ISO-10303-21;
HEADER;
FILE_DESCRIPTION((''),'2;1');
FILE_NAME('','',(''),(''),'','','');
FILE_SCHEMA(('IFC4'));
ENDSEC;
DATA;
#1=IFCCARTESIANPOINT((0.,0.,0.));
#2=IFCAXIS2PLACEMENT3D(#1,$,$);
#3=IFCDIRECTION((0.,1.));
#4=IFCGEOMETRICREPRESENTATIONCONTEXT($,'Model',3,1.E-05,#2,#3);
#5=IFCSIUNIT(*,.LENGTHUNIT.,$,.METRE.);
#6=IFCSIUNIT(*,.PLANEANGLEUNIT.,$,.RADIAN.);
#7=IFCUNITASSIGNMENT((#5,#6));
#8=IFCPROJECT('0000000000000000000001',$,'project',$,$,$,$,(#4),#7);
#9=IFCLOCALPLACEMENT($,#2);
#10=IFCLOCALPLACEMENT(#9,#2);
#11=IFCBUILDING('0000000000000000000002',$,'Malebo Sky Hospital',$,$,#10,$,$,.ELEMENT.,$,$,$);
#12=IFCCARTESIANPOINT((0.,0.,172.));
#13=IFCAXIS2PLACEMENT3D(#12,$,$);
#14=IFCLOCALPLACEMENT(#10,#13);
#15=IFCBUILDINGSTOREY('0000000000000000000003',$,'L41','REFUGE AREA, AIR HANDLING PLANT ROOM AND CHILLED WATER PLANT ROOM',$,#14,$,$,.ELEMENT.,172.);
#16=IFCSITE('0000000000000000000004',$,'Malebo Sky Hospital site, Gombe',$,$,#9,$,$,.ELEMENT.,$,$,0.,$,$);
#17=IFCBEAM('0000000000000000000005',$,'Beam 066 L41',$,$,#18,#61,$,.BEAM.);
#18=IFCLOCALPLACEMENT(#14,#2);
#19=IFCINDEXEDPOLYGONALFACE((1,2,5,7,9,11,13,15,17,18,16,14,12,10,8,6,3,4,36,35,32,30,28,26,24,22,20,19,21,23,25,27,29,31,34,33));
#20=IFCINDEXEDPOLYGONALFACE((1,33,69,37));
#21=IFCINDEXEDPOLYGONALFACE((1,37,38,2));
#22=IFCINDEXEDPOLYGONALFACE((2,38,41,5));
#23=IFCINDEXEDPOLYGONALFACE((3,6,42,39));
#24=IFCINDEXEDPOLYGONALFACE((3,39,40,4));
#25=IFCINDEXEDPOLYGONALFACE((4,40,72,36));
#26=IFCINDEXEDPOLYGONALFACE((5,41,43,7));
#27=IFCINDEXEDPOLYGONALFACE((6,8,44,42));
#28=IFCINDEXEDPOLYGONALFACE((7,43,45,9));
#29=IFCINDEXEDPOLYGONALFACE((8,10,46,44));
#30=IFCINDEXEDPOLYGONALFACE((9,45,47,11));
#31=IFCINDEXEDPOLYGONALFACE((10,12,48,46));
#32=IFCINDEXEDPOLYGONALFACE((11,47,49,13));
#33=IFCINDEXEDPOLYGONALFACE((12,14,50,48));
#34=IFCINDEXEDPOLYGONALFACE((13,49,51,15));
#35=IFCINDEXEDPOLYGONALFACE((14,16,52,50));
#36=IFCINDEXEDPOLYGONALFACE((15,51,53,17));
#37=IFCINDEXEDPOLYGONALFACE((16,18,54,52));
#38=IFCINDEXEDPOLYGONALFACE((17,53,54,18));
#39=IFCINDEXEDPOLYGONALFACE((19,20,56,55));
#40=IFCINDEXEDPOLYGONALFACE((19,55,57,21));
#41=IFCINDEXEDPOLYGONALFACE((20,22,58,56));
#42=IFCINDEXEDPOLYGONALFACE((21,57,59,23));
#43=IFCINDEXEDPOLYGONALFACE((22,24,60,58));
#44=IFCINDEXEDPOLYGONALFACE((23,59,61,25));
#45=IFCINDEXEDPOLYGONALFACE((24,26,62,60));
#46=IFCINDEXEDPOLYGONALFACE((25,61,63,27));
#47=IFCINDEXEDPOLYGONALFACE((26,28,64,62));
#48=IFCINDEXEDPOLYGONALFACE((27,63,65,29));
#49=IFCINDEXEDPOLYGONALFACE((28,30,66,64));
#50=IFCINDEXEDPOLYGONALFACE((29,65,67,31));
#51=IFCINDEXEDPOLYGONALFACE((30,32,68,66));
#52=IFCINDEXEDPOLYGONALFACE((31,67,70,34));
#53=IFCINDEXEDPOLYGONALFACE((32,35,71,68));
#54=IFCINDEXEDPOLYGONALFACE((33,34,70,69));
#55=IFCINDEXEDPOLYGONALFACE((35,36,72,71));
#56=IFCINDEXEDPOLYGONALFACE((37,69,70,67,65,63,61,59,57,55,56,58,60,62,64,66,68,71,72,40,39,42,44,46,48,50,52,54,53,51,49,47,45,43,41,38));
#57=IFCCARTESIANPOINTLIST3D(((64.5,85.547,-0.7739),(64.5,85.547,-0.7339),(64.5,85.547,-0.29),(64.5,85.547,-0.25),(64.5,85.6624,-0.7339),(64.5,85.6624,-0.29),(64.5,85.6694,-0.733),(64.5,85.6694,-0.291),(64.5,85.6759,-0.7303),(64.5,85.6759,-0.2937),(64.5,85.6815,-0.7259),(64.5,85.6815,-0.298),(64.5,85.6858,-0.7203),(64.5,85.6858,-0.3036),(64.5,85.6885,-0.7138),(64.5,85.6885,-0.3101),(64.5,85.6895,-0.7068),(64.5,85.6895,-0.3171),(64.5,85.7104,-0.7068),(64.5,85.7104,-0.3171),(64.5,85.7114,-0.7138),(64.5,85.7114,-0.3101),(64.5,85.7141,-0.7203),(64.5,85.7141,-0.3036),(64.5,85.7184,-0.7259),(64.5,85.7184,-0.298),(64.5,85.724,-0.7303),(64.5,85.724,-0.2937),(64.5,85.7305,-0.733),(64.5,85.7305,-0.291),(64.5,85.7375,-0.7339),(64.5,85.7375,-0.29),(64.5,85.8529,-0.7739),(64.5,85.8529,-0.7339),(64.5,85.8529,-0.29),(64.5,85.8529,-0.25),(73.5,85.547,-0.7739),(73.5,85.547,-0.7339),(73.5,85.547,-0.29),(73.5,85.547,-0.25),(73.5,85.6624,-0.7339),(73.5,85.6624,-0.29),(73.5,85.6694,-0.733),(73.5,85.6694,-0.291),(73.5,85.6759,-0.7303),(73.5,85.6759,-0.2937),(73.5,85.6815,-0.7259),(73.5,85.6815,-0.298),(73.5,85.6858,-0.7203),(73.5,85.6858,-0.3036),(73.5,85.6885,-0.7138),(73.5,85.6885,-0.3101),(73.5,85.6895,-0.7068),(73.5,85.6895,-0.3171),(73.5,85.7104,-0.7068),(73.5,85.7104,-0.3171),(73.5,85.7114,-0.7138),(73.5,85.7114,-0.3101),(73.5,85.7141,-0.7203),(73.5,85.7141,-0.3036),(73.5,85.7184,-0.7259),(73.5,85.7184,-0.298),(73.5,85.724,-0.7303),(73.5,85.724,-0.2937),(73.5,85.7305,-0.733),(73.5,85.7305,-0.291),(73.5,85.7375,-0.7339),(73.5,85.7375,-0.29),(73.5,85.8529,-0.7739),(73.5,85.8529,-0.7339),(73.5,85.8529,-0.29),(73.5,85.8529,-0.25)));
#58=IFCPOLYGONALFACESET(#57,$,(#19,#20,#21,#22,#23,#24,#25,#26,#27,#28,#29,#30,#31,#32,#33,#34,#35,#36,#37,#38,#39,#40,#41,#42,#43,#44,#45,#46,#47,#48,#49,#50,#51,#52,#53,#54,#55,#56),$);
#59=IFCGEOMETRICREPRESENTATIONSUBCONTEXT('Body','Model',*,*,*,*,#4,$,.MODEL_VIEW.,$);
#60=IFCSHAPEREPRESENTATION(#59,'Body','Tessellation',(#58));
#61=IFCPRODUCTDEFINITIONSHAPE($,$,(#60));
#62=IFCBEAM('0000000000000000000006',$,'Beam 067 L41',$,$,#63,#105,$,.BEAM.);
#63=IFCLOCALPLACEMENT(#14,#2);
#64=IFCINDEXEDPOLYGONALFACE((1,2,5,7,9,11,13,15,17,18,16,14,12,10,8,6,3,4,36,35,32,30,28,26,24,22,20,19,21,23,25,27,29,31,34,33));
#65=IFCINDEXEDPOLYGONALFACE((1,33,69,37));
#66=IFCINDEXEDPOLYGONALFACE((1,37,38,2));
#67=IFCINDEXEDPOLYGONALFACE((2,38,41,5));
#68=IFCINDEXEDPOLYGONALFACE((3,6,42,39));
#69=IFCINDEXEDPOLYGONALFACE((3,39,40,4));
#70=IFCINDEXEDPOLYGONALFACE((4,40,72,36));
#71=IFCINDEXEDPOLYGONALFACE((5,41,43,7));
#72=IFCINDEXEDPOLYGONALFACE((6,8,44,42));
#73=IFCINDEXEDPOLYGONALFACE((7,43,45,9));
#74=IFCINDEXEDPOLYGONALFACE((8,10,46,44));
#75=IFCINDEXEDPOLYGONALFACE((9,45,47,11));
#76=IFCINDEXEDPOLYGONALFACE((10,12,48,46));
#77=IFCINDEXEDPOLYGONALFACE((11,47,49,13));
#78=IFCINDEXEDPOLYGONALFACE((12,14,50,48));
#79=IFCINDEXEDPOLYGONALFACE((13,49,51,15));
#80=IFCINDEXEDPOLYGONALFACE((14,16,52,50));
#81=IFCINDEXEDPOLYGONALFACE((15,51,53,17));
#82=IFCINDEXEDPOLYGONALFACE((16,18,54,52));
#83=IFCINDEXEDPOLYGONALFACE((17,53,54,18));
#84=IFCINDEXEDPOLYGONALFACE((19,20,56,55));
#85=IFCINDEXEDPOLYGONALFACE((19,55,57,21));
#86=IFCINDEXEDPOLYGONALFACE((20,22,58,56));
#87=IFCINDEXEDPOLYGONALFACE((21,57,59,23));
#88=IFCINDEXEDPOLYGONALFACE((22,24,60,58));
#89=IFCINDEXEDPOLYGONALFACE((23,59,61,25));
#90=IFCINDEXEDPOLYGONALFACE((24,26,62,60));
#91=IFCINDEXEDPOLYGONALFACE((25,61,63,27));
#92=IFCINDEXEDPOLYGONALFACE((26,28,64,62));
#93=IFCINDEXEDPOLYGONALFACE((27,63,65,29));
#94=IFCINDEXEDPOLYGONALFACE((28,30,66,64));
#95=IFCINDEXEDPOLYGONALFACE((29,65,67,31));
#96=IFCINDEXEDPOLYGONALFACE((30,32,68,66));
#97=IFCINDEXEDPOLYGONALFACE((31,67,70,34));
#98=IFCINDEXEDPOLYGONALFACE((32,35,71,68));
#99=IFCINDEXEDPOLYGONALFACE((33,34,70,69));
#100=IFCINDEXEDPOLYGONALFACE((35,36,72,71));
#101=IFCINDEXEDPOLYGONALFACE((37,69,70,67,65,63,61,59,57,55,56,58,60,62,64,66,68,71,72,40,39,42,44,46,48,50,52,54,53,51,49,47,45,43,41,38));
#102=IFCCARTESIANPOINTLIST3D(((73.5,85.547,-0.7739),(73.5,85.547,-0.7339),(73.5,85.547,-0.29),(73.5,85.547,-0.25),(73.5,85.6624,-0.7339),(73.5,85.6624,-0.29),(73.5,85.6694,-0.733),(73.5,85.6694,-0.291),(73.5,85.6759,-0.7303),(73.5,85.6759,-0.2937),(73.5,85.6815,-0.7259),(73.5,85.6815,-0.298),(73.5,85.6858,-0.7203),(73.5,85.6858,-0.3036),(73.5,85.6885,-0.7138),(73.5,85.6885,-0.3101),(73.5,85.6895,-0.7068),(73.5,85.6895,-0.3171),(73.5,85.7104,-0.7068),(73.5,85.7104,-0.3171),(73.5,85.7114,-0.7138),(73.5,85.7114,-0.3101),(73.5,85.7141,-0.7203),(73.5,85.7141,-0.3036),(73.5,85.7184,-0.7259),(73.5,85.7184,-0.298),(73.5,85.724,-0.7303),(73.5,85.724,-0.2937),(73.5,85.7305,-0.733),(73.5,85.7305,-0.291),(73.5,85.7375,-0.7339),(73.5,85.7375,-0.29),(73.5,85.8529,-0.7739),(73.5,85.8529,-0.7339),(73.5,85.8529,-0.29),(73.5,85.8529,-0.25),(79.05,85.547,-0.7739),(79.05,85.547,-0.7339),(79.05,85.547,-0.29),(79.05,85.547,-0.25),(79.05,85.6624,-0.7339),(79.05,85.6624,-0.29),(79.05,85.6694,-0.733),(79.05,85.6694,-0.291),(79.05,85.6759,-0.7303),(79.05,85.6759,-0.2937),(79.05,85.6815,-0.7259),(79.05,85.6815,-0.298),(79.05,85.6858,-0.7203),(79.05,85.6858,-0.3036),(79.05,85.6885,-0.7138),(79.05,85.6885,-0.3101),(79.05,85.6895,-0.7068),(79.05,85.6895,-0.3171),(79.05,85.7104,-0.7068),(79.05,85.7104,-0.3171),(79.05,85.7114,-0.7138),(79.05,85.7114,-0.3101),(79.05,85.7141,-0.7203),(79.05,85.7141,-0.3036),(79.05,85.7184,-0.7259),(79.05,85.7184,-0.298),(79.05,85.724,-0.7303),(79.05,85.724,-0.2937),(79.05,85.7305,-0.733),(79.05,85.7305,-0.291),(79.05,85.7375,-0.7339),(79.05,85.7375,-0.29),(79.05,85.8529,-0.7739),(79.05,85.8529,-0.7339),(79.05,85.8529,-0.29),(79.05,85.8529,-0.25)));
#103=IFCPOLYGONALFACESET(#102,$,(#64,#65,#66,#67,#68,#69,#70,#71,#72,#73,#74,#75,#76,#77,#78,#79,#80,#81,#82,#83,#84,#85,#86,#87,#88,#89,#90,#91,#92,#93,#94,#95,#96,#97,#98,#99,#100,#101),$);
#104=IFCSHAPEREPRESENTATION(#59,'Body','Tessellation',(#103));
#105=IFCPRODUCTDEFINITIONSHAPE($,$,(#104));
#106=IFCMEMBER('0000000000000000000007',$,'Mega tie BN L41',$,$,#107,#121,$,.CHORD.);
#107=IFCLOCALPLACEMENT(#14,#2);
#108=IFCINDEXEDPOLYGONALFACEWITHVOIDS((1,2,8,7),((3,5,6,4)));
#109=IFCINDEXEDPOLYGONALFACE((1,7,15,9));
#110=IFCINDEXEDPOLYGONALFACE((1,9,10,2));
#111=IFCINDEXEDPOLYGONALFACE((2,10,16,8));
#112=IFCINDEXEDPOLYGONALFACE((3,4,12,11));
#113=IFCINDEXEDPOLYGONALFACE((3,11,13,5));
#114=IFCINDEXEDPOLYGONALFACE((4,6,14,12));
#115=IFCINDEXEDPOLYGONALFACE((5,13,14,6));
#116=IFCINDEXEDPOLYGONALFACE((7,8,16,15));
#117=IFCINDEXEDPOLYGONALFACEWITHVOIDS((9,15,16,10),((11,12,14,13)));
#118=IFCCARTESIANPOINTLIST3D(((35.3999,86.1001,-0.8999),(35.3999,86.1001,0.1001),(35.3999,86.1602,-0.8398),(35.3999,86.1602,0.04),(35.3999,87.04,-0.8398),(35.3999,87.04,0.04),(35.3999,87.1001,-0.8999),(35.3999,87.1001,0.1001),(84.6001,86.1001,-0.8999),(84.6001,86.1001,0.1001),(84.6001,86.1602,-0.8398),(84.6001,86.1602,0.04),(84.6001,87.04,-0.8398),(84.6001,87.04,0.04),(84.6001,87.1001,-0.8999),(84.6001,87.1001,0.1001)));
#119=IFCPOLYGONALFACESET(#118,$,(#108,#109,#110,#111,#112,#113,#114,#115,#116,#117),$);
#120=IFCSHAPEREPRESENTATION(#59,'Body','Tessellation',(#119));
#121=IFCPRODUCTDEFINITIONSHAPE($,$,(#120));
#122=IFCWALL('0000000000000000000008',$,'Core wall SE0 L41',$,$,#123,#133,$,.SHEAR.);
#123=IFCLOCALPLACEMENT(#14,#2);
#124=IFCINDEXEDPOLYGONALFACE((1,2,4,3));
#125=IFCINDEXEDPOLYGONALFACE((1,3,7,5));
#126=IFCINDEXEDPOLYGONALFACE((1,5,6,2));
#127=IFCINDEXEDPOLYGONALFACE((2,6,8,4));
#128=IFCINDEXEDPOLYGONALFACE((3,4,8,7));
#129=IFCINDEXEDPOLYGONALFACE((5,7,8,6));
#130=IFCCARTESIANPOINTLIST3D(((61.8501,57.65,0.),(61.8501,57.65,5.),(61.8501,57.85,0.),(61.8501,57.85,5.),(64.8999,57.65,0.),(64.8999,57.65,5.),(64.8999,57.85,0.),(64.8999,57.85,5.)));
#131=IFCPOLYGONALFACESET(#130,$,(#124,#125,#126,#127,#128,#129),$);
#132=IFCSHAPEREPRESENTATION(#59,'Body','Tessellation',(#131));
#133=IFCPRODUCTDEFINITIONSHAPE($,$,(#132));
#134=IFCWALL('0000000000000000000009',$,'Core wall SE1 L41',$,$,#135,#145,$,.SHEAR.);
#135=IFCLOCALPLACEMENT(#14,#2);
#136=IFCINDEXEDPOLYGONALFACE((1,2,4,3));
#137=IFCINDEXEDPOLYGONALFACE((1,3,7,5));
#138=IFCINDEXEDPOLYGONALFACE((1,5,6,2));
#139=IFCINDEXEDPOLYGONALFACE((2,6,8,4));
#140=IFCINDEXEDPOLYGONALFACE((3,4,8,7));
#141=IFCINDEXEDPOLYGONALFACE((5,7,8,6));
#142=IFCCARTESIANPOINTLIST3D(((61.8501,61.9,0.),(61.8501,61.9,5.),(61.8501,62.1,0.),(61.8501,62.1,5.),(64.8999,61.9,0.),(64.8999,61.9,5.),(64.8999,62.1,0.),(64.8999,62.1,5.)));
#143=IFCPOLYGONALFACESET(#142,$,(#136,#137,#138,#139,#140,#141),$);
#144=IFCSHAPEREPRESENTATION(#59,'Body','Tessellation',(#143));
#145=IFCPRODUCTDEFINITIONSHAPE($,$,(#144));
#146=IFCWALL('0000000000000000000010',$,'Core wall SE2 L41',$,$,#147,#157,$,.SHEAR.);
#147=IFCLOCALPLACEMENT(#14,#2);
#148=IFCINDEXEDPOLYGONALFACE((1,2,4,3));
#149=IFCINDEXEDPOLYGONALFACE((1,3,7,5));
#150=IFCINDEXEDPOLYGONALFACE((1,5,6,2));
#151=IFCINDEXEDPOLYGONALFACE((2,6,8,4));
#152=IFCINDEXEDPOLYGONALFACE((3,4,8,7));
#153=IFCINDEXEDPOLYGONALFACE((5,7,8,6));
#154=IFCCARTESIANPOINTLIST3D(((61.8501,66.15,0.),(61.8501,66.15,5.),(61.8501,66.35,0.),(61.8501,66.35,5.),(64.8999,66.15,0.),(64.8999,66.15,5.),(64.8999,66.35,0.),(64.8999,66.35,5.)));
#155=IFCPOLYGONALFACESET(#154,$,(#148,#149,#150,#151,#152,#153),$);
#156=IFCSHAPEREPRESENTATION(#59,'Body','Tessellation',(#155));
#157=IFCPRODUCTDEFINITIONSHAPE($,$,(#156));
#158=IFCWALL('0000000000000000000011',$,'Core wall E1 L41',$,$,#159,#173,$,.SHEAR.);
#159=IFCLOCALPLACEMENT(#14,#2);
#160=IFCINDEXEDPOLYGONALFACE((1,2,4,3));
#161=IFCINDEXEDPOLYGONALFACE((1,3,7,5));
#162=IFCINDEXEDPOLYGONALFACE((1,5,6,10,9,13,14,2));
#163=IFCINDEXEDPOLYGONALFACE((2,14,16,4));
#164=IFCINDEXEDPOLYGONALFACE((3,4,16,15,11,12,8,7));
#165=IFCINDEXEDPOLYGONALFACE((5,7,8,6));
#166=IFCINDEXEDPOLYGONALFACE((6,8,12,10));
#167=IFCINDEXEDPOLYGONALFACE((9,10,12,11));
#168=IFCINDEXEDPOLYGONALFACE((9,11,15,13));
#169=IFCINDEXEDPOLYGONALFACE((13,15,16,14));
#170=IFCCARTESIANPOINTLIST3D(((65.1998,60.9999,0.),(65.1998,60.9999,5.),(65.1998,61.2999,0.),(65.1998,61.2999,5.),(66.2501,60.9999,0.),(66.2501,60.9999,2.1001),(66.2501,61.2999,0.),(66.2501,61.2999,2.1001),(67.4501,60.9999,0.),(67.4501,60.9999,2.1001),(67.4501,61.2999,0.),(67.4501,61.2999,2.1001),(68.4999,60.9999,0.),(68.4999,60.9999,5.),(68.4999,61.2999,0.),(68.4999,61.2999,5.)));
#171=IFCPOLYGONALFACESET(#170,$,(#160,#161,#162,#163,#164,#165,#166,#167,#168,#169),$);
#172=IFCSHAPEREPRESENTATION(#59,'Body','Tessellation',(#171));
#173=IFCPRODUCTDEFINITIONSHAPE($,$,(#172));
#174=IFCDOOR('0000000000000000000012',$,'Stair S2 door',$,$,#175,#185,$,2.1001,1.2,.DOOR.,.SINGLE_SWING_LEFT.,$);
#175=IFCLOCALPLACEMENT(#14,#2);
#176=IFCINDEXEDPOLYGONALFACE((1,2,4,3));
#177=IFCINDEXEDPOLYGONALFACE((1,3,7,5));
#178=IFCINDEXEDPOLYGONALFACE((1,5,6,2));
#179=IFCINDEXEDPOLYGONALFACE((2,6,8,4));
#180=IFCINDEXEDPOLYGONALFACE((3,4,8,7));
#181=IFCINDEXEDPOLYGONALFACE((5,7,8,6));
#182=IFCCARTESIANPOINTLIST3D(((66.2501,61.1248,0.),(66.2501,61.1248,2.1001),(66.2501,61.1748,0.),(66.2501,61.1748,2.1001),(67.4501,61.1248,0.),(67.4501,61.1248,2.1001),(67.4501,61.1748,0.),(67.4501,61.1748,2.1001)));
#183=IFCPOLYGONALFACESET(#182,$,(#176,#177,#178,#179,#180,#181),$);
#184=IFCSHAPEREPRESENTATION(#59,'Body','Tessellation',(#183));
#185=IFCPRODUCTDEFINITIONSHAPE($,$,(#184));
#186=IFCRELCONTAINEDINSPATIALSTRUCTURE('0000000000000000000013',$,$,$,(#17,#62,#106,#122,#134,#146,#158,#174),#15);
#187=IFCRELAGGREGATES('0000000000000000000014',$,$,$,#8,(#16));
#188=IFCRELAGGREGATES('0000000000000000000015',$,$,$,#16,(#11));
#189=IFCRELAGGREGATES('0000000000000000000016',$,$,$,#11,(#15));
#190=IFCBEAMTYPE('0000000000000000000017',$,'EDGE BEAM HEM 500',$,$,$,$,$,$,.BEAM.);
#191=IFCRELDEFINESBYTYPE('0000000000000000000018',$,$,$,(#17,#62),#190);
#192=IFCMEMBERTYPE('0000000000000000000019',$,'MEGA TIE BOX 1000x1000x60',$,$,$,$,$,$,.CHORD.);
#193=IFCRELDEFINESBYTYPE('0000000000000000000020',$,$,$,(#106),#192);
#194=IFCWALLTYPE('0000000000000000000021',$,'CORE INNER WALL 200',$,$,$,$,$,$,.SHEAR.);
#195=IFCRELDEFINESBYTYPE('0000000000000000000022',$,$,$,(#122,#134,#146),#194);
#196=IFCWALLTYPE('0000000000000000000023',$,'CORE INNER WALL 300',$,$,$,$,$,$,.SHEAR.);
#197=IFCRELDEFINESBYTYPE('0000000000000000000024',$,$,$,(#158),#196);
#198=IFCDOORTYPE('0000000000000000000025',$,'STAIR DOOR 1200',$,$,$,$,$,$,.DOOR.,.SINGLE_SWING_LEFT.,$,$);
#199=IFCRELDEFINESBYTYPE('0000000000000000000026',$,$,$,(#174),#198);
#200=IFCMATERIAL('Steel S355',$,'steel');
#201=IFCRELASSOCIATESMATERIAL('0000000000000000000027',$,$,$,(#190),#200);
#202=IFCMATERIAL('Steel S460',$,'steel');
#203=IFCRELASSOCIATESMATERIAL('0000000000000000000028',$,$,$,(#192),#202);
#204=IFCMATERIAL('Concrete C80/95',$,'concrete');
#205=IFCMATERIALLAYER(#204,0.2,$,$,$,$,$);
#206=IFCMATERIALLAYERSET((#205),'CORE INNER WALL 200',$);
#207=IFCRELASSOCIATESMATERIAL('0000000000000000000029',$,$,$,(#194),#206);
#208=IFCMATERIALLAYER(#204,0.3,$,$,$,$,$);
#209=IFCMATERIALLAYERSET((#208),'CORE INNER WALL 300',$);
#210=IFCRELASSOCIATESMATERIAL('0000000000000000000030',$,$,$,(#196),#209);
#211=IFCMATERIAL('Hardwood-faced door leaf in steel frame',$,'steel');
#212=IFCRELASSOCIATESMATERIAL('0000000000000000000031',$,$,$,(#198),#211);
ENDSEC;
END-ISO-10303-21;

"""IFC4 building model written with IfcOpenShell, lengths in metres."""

from ifc_helpers import new_model, si_unit, direction, frame, frame_2d, origin, origin_2d, place, context, subcontext, project, spatial, rectangle, hollow_rectangle, i_section, extrude, material, layer, layer_set, material_profile, profile_set, type_object, element, fill, save


model = new_model("IFC4")

# Units and contexts
model_context = context("Model", 3, precision=1e-05, world=origin(), true_north=direction((0.0, 1.0)))
body_context = subcontext(model_context, "Body", "Model", "MODEL_VIEW")
ifc_project = project(units=[si_unit("LENGTHUNIT", "METRE"), si_unit("PLANEANGLEUNIT", "RADIAN")], contexts=[model_context])

# Site, building, storey
site_placement = place(None, origin())
site = spatial("IfcSite", under=ifc_project, at=site_placement, Name="Malebo Sky Hospital site, Gombe", CompositionType="ELEMENT", RefElevation=0.0)
building_placement = place(site_placement, origin())
building = spatial("IfcBuilding", under=site, at=building_placement, Name="Malebo Sky Hospital", CompositionType="ELEMENT")
storey_placement = place(building_placement, frame((0.0, 0.0, 172.0)))
storey = spatial("IfcBuildingStorey", under=building, at=storey_placement, Name="L41", Description="REFUGE AREA, AIR HANDLING PLANT ROOM AND CHILLED WATER PLANT ROOM", CompositionType="ELEMENT", Elevation=172.0)

# Shared definitions
ifc_material_1 = material(Name="Steel S460", Category="steel")

# Beams
ifc_material_2 = material(Name="Steel S355", Category="steel")
ifc_material_profile_1 = material_profile(ifc_material_2, i_section(OverallWidth=0.3059, OverallDepth=0.5239, WebThickness=0.021, FlangeThickness=0.04, FilletRadius=0.0271, at=origin_2d()), Name="HEM 500")
ifc_profile_set_1 = profile_set([ifc_material_profile_1], Name="Steel S355")
beam_type = type_object("IfcBeamType", Name="EDGE BEAM HEM 500", PredefinedType="BEAM", material=ifc_profile_set_1)
beam_1_placement = place(storey_placement, frame((64.5, 85.7, -0.512), z_axis=(1.0, 0.0, 0.0), x_axis=(0.0, 1.0, 0.0)))
element("IfcBeam", 1, at=beam_1_placement, inside=storey, type_object=beam_type, Name="Beam 066 L41", PredefinedType="BEAM", context=body_context, shape_type="SweptSolid", body=[
    extrude(i_section(OverallWidth=0.3059, OverallDepth=0.5239, WebThickness=0.021, FlangeThickness=0.04, FilletRadius=0.0271, at=origin_2d()), origin(), (0.0, 0.0, 1.0), 9.0),
])
beam_2_placement = place(storey_placement, frame((73.5, 85.7, -0.512), z_axis=(1.0, 0.0, 0.0), x_axis=(0.0, 1.0, 0.0)))
element("IfcBeam", 2, at=beam_2_placement, inside=storey, type_object=beam_type, Name="Beam 067 L41", PredefinedType="BEAM", context=body_context, shape_type="SweptSolid", body=[
    extrude(i_section(OverallWidth=0.3059, OverallDepth=0.5239, WebThickness=0.021, FlangeThickness=0.04, FilletRadius=0.0271, at=origin_2d()), origin(), (0.0, 0.0, 1.0), 5.55),
])

# Member
ifc_material_profile_2 = material_profile(ifc_material_1, hollow_rectangle(XDim=1.0, YDim=1.0, WallThickness=0.0601, at=origin_2d()), Name="BOX 1000x1000x60")
ifc_profile_set_2 = profile_set([ifc_material_profile_2], Name="Steel S460")
member_type_1 = type_object("IfcMemberType", Name="MEGA TIE BOX 1000x1000x60", PredefinedType="CHORD", material=ifc_profile_set_2)
member_1_placement = place(storey_placement, frame((84.6001, 86.6001, -0.3999), z_axis=(-1.0, 0.0, 0.0), x_axis=(0.0, -1.0, 0.0)))
element("IfcMember", 3, at=member_1_placement, inside=storey, type_object=member_type_1, Name="Mega tie BN L41", PredefinedType="CHORD", context=body_context, shape_type="SweptSolid", body=[
    extrude(hollow_rectangle(XDim=1.0, YDim=1.0, WallThickness=0.0601, at=origin_2d()), origin(), (0.0, 0.0, 1.0), 49.2002),
])

# Walls
ifc_material_3 = material(Name="Concrete C80/95", Category="concrete")
ifc_layer_1 = layer(ifc_material_3, 0.2)
ifc_layer_set_1 = layer_set([ifc_layer_1], Name="CORE INNER WALL 200")
wall_type_1 = type_object("IfcWallType", Name="CORE INNER WALL 200", PredefinedType="SHEAR", material=ifc_layer_set_1)
for number, where, z_axis, x_axis, name in (
    (4, (61.8501, 57.75, 0.0), (0.0, 0.0, 1.0), (1.0, 0.0, 0.0), "Core wall SE0 L41"),
    (5, (61.8501, 62.0, 0.0), (0.0, 0.0, 1.0), (1.0, 0.0, 0.0), "Core wall SE1 L41"),
    (6, (61.8501, 66.25, 0.0), (0.0, 0.0, 1.0), (1.0, 0.0, 0.0), "Core wall SE2 L41"),
):
    element("IfcWall", number, at=place(storey_placement, frame(where, z_axis=z_axis, x_axis=x_axis)), inside=storey, type_object=wall_type_1, Name=name, PredefinedType="SHEAR", context=body_context, shape_type="SweptSolid", body=[
        extrude(rectangle(XDim=3.0498, YDim=0.2, at=frame_2d((1.5249, 0.0))), origin(), (0.0, 0.0, 1.0), 5.0),
    ])

# Wall, opening, door
ifc_layer_2 = layer(ifc_material_3, 0.3)
ifc_layer_set_2 = layer_set([ifc_layer_2], Name="CORE INNER WALL 300")
wall_type_2 = type_object("IfcWallType", Name="CORE INNER WALL 300", PredefinedType="SHEAR", material=ifc_layer_set_2)
wall_1_placement = place(storey_placement, frame((65.2, 61.1499, 0.0), z_axis=(0.0, 0.0, 1.0), x_axis=(1.0, 0.0, 0.0)))
wall_1 = element("IfcWall", 7, at=wall_1_placement, inside=storey, type_object=wall_type_2, Name="Core wall E1 L41", PredefinedType="SHEAR", context=body_context, shape_type="SweptSolid", body=[
    extrude(rectangle(XDim=3.3, YDim=0.3, at=frame_2d((1.6499, 0.0))), origin(), (0.0, 0.0, 1.0), 5.0),
])
opening_1_placement = place(wall_1_placement, frame((1.05, 0.0, 0.0)))
opening_1 = element("IfcOpeningElement", 8, at=opening_1_placement, cuts=wall_1, PredefinedType="OPENING", context=body_context, shape_type="SweptSolid", body=[
    extrude(rectangle(XDim=1.2, YDim=2.1001, at=frame_2d((0.6001, 1.05))), frame((0.0, 0.1599, 0.0), z_axis=(0.0, -1.0, 0.0), x_axis=(1.0, 0.0, 0.0)), (0.0, 0.0, 1.0), 0.3201),
])
ifc_material_4 = material(Name="Hardwood-faced door leaf in steel frame", Category="steel")
door_type_1 = type_object("IfcDoorType", Name="STAIR DOOR 1200", OperationType="SINGLE_SWING_LEFT", PredefinedType="DOOR", material=ifc_material_4)
door_1_placement = place(opening_1_placement, origin())
door_1 = element("IfcDoor", 9, at=door_1_placement, inside=storey, type_object=door_type_1, Name="Stair S2 door", OperationType="SINGLE_SWING_LEFT", OverallHeight=2.1001, OverallWidth=1.2, PredefinedType="DOOR", context=body_context, shape_type="SweptSolid", body=[
    extrude(rectangle(XDim=1.2, YDim=2.1001, at=frame_2d((0.6001, 1.05))), frame((0.0, 0.0249, 0.0), z_axis=(0.0, -1.0, 0.0), x_axis=(1.0, 0.0, 0.0)), (0.0, 0.0, 1.0), 0.05),
])
fill(opening_1, door_1)

save(model, "model.ifc")
